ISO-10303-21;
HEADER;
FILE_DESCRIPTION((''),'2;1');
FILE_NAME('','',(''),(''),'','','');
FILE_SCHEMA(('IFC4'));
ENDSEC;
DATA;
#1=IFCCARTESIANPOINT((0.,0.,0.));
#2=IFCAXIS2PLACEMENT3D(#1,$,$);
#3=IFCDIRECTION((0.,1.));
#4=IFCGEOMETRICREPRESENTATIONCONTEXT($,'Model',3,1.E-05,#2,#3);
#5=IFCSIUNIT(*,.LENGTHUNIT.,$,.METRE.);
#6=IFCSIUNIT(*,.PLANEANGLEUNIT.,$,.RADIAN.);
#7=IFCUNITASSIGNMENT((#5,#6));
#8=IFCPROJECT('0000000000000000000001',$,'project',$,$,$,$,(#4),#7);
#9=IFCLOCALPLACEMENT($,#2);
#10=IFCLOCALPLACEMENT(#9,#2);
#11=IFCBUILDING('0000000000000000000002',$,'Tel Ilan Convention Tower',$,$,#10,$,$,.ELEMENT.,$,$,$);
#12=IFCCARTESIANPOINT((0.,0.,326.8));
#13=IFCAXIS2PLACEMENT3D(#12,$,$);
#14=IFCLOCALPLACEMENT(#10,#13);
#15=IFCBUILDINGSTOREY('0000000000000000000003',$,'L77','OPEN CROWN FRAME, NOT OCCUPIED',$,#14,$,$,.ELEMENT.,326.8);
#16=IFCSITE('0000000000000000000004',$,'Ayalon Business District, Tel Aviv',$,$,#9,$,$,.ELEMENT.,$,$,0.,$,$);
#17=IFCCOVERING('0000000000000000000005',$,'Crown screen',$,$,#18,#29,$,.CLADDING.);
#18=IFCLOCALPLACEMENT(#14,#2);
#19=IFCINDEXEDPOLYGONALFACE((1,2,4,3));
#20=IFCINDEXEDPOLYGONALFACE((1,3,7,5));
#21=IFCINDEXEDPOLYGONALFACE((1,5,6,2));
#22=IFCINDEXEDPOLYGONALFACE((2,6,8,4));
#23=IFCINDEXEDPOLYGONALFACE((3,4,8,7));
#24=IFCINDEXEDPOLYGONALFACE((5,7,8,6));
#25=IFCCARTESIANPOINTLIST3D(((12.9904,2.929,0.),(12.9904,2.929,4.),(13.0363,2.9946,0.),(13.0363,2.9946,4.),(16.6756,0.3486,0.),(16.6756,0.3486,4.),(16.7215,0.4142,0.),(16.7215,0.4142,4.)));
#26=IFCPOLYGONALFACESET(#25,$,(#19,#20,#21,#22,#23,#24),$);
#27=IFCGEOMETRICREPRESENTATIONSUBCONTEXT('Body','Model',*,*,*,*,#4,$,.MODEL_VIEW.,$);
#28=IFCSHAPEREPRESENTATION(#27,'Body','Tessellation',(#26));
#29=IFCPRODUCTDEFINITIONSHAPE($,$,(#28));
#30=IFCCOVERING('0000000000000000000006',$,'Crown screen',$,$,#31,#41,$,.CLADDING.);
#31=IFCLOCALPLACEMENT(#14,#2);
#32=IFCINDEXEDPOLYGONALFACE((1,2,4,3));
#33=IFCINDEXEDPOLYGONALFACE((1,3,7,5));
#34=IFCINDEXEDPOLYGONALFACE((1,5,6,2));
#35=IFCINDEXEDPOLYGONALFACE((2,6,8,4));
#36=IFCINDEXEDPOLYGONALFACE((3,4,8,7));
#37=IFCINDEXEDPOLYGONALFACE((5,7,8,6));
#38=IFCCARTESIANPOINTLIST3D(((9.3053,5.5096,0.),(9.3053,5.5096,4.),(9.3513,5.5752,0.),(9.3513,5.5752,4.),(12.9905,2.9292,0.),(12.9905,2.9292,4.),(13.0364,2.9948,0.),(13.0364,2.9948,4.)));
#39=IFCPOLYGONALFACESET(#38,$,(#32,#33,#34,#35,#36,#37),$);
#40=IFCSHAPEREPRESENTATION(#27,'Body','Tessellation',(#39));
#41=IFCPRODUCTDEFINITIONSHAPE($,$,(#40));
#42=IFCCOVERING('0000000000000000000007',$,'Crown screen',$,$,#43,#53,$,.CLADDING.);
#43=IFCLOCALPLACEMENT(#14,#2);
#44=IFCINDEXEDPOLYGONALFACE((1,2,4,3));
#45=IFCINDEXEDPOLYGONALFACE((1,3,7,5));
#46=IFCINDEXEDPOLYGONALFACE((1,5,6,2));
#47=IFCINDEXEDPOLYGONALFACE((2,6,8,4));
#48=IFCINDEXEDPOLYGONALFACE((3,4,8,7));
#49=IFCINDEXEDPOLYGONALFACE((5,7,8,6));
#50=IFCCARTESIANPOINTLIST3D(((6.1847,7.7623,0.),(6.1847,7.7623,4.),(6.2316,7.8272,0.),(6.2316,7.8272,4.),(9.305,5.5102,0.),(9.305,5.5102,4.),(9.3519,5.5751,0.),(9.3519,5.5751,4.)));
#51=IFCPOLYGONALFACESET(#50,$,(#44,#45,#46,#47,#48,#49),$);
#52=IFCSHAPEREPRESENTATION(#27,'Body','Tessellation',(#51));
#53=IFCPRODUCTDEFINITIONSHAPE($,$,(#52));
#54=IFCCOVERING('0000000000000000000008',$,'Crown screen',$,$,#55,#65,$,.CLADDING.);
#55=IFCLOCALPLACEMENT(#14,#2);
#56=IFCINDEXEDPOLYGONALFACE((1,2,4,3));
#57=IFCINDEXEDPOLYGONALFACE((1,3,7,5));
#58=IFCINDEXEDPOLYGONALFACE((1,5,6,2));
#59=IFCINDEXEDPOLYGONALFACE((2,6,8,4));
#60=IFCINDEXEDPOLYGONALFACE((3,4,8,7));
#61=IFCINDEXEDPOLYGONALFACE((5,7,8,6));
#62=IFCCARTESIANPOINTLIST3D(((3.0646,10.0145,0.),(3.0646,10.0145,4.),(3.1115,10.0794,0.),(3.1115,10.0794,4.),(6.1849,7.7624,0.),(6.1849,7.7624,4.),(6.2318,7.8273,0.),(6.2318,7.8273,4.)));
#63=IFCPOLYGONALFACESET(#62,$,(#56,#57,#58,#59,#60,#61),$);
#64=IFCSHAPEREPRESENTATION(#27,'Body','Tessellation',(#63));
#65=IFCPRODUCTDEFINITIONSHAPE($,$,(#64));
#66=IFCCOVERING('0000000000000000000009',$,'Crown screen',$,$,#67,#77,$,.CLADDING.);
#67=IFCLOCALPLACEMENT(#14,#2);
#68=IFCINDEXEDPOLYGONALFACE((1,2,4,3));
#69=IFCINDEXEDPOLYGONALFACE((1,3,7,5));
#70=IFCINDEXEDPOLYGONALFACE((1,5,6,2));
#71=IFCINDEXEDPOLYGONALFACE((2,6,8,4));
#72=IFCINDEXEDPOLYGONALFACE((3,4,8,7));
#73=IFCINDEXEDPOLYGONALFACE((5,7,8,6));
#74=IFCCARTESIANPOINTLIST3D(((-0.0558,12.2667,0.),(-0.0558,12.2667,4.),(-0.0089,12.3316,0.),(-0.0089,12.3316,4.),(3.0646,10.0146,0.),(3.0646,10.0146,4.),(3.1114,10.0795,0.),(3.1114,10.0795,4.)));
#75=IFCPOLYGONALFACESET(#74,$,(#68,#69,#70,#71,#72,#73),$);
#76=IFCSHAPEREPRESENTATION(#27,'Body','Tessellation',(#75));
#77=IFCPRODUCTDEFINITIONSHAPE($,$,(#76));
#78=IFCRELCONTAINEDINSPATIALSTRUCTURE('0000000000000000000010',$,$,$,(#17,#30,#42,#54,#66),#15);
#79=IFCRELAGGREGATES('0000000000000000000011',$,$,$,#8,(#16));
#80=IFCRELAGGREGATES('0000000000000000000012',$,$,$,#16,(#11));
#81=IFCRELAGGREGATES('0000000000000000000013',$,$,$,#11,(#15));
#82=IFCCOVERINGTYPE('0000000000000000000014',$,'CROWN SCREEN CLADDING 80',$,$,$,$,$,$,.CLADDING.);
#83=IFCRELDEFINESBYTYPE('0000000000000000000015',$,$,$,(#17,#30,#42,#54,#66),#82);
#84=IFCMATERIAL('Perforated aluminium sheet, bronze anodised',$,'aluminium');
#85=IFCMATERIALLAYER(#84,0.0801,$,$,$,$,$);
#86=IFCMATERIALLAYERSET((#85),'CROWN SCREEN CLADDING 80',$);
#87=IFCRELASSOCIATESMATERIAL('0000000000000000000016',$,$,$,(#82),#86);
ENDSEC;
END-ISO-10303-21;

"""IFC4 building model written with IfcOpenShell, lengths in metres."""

from ifc_helpers import new_model, si_unit, direction, frame, origin, origin_2d, place, context, subcontext, project, spatial, rectangle, extrude, material, layer, layer_set, type_object, element, save


model = new_model("IFC4")

# Units and contexts
model_context = context("Model", 3, precision=1e-05, world=origin(), true_north=direction((0.0, 1.0)))
body_context = subcontext(model_context, "Body", "Model", "MODEL_VIEW")
ifc_project = project(units=[si_unit("LENGTHUNIT", "METRE"), si_unit("PLANEANGLEUNIT", "RADIAN")], contexts=[model_context])

# Site, building, storey
site_placement = place(None, origin())
site = spatial("IfcSite", under=ifc_project, at=site_placement, Name="Ayalon Business District, Tel Aviv", CompositionType="ELEMENT", RefElevation=0.0)
building_placement = place(site_placement, origin())
building = spatial("IfcBuilding", under=site, at=building_placement, Name="Tel Ilan Convention Tower", CompositionType="ELEMENT")
storey_placement = place(building_placement, frame((0.0, 0.0, 326.8)))
storey = spatial("IfcBuildingStorey", under=building, at=storey_placement, Name="L77", Description="OPEN CROWN FRAME, NOT OCCUPIED", CompositionType="ELEMENT", Elevation=326.8)

# Coverings
ifc_material_1 = material(Name="Perforated aluminium sheet, bronze anodised", Category="aluminium")
ifc_layer = layer(ifc_material_1, 0.0801)
ifc_layer_set = layer_set([ifc_layer], Name="CROWN SCREEN CLADDING 80")
covering_type = type_object("IfcCoveringType", Name="CROWN SCREEN CLADDING 80", PredefinedType="CLADDING", material=ifc_layer_set)
for number, where, z_axis, x_axis, name in (
    (1, (14.856, 1.6716, 0.0), (0.0, 0.0, 1.0), (-0.819148, 0.573582, 0.0), "Crown screen"),
    (2, (11.1709, 4.2522, 0.0), (0.0, 0.0, 1.0), (-0.819148, 0.573582, 0.0), "Crown screen"),
):
    element("IfcCovering", number, at=place(storey_placement, frame(where, z_axis=z_axis, x_axis=x_axis)), inside=storey, type_object=covering_type, Name=name, PredefinedType="CLADDING", context=body_context, shape_type="SweptSolid", body=[
        extrude(rectangle(XDim=4.4988, YDim=0.0801, at=origin_2d()), origin(), (0.0, 0.0, 1.0), 4.0),
    ])
for number, where, z_axis, x_axis, name in (
    (3, (7.7683, 6.6687, 0.0), (0.0, 0.0, 1.0), (-0.810863, 0.585236, 0.0), "Crown screen"),
    (4, (4.6482, 8.9209, 0.0), (0.0, 0.0, 1.0), (-0.810863, 0.585236, 0.0), "Crown screen"),
    (5, (1.5278, 11.1731, 0.0), (0.0, 0.0, 1.0), (-0.810863, 0.585236, 0.0), "Crown screen"),
):
    element("IfcCovering", number, at=place(storey_placement, frame(where, z_axis=z_axis, x_axis=x_axis)), inside=storey, type_object=covering_type, Name=name, PredefinedType="CLADDING", context=body_context, shape_type="SweptSolid", body=[
        extrude(rectangle(XDim=3.8481, YDim=0.0801, at=origin_2d()), origin(), (0.0, 0.0, 1.0), 4.0),
    ])

save(model, "model.ifc")
